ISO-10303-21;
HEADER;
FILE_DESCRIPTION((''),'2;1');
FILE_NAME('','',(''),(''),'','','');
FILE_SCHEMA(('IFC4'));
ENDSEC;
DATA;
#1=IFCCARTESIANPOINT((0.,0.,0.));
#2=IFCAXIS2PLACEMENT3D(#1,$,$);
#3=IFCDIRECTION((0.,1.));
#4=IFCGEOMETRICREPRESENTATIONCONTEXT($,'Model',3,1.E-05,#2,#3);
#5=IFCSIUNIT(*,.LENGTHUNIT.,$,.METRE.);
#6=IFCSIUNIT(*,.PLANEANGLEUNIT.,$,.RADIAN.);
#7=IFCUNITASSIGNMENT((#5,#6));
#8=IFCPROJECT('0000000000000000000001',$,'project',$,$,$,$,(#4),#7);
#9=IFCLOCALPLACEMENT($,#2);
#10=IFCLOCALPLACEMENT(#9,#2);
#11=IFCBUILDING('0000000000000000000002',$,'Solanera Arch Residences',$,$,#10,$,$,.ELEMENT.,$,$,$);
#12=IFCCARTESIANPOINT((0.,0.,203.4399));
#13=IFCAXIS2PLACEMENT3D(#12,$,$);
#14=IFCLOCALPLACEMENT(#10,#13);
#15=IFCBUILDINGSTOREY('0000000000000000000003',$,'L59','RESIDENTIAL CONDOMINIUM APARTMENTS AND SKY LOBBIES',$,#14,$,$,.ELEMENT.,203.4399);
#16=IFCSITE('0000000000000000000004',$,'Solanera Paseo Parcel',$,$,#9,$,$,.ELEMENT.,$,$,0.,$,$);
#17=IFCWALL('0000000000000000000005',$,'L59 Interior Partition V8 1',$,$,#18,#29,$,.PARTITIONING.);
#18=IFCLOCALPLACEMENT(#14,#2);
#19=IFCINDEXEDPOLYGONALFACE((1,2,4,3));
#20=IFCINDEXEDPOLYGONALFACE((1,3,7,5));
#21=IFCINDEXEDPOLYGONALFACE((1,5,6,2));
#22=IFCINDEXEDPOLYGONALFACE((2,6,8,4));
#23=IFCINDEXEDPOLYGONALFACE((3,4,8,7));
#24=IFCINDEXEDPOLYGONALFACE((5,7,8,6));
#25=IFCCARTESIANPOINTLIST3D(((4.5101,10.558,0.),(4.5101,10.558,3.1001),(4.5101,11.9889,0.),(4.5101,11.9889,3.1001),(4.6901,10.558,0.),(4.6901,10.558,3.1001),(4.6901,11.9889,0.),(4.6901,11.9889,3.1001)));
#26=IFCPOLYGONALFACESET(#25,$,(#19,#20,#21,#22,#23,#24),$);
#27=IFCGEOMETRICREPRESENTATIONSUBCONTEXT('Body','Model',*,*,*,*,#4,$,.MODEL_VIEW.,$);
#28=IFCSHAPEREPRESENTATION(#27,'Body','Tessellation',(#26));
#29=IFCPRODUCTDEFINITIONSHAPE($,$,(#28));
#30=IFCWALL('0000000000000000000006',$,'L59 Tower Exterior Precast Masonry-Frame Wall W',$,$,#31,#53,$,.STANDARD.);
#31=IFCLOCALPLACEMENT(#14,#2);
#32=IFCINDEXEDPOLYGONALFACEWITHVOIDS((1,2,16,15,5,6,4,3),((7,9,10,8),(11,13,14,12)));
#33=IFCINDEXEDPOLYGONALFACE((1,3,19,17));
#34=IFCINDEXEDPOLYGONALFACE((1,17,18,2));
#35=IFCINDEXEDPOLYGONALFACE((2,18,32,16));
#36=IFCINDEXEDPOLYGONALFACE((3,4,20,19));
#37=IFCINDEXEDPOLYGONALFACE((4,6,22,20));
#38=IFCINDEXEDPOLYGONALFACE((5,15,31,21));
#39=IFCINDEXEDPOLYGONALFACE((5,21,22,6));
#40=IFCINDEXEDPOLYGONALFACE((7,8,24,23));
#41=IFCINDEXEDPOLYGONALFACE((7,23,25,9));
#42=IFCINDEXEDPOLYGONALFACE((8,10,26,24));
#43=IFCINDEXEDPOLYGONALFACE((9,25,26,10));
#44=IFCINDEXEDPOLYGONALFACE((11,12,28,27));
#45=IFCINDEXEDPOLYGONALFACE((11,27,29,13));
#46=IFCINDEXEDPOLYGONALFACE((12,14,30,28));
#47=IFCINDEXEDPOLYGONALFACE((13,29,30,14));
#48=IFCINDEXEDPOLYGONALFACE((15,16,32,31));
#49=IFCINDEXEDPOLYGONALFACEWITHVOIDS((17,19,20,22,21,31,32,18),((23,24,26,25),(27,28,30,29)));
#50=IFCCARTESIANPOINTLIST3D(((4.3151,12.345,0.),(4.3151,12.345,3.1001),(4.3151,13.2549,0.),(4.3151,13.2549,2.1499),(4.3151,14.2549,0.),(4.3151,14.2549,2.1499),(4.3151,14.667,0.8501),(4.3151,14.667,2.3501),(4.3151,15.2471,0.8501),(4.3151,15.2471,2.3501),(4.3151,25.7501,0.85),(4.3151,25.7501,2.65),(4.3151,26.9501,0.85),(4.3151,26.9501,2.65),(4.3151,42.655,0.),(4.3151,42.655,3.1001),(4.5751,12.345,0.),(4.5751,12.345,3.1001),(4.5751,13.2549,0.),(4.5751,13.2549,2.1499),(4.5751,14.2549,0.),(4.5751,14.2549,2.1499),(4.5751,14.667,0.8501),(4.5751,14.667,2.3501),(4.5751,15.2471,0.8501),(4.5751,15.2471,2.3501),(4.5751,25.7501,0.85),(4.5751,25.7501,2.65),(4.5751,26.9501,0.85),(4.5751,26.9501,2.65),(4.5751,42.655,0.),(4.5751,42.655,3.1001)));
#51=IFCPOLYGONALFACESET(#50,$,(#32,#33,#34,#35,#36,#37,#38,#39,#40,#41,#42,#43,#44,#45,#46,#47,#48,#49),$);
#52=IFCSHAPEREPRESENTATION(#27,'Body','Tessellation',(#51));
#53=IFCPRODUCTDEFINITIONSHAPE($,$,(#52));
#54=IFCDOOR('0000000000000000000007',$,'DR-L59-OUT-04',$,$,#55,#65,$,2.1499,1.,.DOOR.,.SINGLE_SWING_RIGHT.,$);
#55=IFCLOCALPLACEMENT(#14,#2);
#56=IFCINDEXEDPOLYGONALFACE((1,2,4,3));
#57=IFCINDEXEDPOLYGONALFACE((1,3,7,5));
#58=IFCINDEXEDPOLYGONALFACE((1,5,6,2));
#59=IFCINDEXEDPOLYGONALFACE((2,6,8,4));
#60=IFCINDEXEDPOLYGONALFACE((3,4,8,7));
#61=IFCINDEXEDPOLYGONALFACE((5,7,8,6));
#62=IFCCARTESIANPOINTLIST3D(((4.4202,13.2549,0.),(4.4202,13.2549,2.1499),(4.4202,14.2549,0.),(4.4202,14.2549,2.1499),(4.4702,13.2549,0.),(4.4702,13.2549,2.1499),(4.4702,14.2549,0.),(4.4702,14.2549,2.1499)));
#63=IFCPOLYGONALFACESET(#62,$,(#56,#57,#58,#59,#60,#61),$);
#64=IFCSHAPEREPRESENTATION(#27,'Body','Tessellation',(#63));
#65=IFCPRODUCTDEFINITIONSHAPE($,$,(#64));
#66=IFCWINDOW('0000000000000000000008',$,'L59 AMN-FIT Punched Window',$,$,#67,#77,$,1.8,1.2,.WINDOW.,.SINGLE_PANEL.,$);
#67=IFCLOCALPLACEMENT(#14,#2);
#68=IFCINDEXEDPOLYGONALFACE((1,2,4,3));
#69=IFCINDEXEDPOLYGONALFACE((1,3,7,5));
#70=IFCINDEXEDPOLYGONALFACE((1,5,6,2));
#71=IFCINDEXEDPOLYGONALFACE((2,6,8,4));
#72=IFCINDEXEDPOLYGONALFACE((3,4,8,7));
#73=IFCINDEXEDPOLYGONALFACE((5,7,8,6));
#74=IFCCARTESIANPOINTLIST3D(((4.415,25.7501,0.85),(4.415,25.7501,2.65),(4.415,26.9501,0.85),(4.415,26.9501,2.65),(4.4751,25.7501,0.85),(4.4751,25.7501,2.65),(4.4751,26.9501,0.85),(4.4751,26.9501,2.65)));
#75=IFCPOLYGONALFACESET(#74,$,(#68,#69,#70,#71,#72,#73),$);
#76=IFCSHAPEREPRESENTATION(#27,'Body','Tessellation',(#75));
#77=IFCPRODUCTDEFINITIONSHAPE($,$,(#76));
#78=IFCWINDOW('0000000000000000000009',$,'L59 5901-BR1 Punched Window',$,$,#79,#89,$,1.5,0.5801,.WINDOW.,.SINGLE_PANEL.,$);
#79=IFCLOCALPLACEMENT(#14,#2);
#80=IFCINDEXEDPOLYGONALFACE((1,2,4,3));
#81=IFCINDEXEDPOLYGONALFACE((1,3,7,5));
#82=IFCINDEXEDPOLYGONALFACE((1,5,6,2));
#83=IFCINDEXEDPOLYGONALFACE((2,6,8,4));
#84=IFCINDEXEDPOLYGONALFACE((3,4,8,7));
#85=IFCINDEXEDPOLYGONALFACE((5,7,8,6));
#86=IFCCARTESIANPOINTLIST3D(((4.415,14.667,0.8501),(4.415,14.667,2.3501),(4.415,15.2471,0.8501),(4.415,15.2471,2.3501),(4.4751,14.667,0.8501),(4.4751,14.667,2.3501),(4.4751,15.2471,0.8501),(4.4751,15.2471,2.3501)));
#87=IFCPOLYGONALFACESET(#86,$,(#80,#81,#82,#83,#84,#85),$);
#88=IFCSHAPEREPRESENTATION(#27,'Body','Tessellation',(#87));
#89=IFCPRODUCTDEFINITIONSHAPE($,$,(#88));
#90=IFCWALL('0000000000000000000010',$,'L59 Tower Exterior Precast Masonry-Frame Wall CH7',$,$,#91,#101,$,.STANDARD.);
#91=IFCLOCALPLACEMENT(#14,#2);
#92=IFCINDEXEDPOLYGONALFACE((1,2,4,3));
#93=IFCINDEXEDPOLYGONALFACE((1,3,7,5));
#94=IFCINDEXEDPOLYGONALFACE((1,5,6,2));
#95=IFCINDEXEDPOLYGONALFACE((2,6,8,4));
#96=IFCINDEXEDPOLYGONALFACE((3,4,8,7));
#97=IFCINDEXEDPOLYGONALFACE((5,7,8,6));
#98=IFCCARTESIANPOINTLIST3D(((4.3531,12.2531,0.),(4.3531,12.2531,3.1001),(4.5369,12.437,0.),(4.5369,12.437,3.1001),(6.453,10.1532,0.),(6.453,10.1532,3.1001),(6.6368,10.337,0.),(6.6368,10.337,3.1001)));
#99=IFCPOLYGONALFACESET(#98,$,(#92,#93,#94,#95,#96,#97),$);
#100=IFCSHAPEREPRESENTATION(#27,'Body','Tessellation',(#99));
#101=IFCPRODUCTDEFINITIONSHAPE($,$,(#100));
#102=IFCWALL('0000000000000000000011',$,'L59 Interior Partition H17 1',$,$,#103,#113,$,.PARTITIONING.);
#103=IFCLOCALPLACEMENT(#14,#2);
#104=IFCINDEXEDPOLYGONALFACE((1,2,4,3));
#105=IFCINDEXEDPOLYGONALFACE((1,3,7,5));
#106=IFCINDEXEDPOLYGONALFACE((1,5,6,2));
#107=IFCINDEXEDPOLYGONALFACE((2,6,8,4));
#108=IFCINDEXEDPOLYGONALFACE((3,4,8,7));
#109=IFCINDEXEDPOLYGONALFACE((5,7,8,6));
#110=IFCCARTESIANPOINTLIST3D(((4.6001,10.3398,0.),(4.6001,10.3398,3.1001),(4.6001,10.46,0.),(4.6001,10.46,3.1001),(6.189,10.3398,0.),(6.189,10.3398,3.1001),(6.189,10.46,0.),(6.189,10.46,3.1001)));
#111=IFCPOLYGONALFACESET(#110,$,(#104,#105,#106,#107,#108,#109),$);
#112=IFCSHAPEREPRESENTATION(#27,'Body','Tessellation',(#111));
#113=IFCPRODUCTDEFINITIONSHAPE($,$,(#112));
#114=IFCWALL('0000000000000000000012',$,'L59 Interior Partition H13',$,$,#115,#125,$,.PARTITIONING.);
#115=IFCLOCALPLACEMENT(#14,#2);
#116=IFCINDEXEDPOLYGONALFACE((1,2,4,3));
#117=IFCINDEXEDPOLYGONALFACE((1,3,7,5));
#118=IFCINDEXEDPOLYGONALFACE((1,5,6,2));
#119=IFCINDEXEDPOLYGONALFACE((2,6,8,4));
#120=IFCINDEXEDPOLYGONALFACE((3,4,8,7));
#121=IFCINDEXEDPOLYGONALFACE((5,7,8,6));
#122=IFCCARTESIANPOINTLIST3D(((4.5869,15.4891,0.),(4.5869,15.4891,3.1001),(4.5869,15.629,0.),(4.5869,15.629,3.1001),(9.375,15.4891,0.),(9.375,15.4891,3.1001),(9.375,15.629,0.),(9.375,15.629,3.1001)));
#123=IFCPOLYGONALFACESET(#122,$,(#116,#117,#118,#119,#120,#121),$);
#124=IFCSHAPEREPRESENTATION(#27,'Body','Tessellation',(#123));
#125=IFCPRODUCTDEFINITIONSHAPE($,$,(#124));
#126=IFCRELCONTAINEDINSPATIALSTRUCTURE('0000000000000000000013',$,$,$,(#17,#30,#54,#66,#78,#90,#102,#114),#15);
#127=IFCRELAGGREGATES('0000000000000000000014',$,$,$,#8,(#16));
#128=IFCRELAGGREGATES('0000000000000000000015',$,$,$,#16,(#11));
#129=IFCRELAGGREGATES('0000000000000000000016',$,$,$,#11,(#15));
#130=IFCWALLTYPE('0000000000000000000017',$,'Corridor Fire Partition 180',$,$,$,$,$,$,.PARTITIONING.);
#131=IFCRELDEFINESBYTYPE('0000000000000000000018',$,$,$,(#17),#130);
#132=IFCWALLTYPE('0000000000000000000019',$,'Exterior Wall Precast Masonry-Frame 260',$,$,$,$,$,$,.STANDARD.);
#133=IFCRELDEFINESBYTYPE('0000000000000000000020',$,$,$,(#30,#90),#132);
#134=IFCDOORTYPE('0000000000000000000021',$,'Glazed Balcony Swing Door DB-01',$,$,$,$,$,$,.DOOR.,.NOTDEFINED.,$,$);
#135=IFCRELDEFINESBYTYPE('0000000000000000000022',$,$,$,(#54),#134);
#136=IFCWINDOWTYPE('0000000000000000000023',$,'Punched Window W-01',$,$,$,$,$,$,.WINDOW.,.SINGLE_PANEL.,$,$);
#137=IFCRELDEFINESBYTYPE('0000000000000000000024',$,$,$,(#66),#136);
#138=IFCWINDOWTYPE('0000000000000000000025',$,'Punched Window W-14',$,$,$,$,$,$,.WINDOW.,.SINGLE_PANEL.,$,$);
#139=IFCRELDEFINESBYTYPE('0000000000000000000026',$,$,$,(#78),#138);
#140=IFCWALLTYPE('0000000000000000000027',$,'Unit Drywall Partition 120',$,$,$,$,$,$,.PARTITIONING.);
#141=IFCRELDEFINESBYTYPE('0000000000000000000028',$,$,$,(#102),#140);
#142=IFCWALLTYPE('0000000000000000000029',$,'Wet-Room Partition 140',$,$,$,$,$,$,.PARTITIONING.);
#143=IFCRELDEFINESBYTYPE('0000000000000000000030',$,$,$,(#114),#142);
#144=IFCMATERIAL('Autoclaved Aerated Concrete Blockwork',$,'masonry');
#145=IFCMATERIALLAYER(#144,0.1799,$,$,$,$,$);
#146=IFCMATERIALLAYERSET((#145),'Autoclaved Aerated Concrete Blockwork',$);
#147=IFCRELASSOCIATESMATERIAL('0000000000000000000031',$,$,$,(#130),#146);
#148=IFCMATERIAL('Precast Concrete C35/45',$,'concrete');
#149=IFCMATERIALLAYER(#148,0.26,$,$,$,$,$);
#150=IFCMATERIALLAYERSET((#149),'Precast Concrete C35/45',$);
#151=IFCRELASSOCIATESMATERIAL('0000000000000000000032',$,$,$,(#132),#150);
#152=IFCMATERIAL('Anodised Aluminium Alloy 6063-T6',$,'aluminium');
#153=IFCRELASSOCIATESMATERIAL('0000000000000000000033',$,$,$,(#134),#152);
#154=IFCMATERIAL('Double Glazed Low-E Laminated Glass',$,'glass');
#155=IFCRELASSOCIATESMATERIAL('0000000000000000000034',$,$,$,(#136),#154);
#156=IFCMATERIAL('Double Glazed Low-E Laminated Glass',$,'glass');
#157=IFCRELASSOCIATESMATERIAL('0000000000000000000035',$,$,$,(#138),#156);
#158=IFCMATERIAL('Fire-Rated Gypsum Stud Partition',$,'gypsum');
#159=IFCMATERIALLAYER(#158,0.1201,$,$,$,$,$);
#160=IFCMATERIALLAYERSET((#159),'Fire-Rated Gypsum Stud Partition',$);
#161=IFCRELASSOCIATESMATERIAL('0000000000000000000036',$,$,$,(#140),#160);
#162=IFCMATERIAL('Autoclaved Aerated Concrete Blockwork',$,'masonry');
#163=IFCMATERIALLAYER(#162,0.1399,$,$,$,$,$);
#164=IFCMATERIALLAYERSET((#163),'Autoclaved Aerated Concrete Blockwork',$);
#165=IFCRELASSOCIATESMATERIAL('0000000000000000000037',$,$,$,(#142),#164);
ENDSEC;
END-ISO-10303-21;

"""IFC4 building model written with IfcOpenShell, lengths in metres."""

from ifc_helpers import new_model, si_unit, direction, frame, frame_2d, origin, place, context, subcontext, project, spatial, rectangle, extrude, material, layer, layer_set, type_object, element, fill, save


model = new_model("IFC4")

# Units and contexts
model_context = context("Model", 3, precision=1e-05, world=origin(), true_north=direction((0.0, 1.0)))
body_context = subcontext(model_context, "Body", "Model", "MODEL_VIEW")
ifc_project = project(units=[si_unit("LENGTHUNIT", "METRE"), si_unit("PLANEANGLEUNIT", "RADIAN")], contexts=[model_context])

# Site, building, storey
site_placement = place(None, origin())
site = spatial("IfcSite", under=ifc_project, at=site_placement, Name="Solanera Paseo Parcel", CompositionType="ELEMENT", RefElevation=0.0)
building_placement = place(site_placement, origin())
building = spatial("IfcBuilding", under=site, at=building_placement, Name="Solanera Arch Residences", CompositionType="ELEMENT")
storey_placement = place(building_placement, frame((0.0, 0.0, 203.4399)))
storey = spatial("IfcBuildingStorey", under=building, at=storey_placement, Name="L59", Description="RESIDENTIAL CONDOMINIUM APARTMENTS AND SKY LOBBIES", CompositionType="ELEMENT", Elevation=203.4399)

# Wall
ifc_material_1 = material(Name="Autoclaved Aerated Concrete Blockwork", Category="masonry")
ifc_layer_1 = layer(ifc_material_1, 0.1799)
ifc_layer_set_1 = layer_set([ifc_layer_1], Name="Autoclaved Aerated Concrete Blockwork")
wall_type_1 = type_object("IfcWallType", Name="Corridor Fire Partition 180", PredefinedType="PARTITIONING", material=ifc_layer_set_1)
wall_1_placement = place(storey_placement, frame((4.6001, 10.5581, 0.0), z_axis=(0.0, 0.0, 1.0), x_axis=(0.0, 1.0, 0.0)))
element("IfcWall", 1, at=wall_1_placement, inside=storey, type_object=wall_type_1, Name="L59 Interior Partition V8 1", PredefinedType="PARTITIONING", context=body_context, shape_type="SweptSolid", body=[
    extrude(rectangle(XDim=1.4309, YDim=0.1799, at=frame_2d((0.7153, 0.0))), origin(), (0.0, 0.0, 1.0), 3.1001),
])

# Wall, openings, door, windows
ifc_material_2 = material(Name="Precast Concrete C35/45", Category="concrete")
ifc_layer_2 = layer(ifc_material_2, 0.26)
ifc_layer_set_2 = layer_set([ifc_layer_2], Name="Precast Concrete C35/45")
wall_type_2 = type_object("IfcWallType", Name="Exterior Wall Precast Masonry-Frame 260", PredefinedType="STANDARD", material=ifc_layer_set_2)
wall_2_placement = place(storey_placement, frame((4.4451, 12.345, 0.0), z_axis=(0.0, 0.0, 1.0), x_axis=(0.0, 1.0, 0.0)))
wall_2 = element("IfcWall", 2, at=wall_2_placement, inside=storey, type_object=wall_type_2, Name="L59 Tower Exterior Precast Masonry-Frame Wall W", PredefinedType="STANDARD", context=body_context, shape_type="SweptSolid", body=[
    extrude(rectangle(XDim=30.3101, YDim=0.26, at=frame_2d((15.155, 0.0))), origin(), (0.0, 0.0, 1.0), 3.1001),
])
opening_1_placement = place(wall_2_placement, frame((0.9099, 0.0, 0.0)))
opening_1 = element("IfcOpeningElement", 3, at=opening_1_placement, cuts=wall_2, PredefinedType="OPENING", context=body_context, shape_type="SweptSolid", body=[
    extrude(rectangle(XDim=1.0, YDim=2.1499, at=frame_2d((0.5, 1.075))), frame((0.0, 0.1399, 0.0), z_axis=(0.0, -1.0, 0.0), x_axis=(1.0, 0.0, 0.0)), (0.0, 0.0, 1.0), 0.28),
])
opening_2_placement = place(wall_2_placement, frame((2.322, 0.0, 0.8501)))
opening_2 = element("IfcOpeningElement", 4, at=opening_2_placement, cuts=wall_2, PredefinedType="OPENING", context=body_context, shape_type="SweptSolid", body=[
    extrude(rectangle(XDim=0.5801, YDim=1.5, at=frame_2d((0.29, 0.75))), frame((0.0, 0.1399, 0.0), z_axis=(0.0, -1.0, 0.0), x_axis=(1.0, 0.0, 0.0)), (0.0, 0.0, 1.0), 0.28),
])
opening_3_placement = place(wall_2_placement, frame((13.405, 0.0, 0.8501)))
opening_3 = element("IfcOpeningElement", 5, at=opening_3_placement, cuts=wall_2, PredefinedType="OPENING", context=body_context, shape_type="SweptSolid", body=[
    extrude(rectangle(XDim=1.2, YDim=1.8, at=frame_2d((0.6001, 0.8999))), frame((0.0, 0.1399, 0.0), z_axis=(0.0, -1.0, 0.0), x_axis=(1.0, 0.0, 0.0)), (0.0, 0.0, 1.0), 0.28),
])
ifc_material_3 = material(Name="Anodised Aluminium Alloy 6063-T6", Category="aluminium")
door_type = type_object("IfcDoorType", Name="Glazed Balcony Swing Door DB-01", OperationType="NOTDEFINED", PredefinedType="DOOR", material=ifc_material_3)
door_placement = place(opening_1_placement, origin())
door = element("IfcDoor", 6, at=door_placement, inside=storey, type_object=door_type, Name="DR-L59-OUT-04", OperationType="SINGLE_SWING_RIGHT", OverallHeight=2.1499, OverallWidth=1.0, PredefinedType="DOOR", context=body_context, shape_type="SweptSolid", body=[
    extrude(rectangle(XDim=1.0, YDim=2.1499, at=frame_2d((0.5, 1.075))), frame((0.0, 0.0249, 0.0), z_axis=(0.0, -1.0, 0.0), x_axis=(1.0, 0.0, 0.0)), (0.0, 0.0, 1.0), 0.05),
])
fill(opening_1, door)
ifc_material_4 = material(Name="Double Glazed Low-E Laminated Glass", Category="glass")
window_type_1 = type_object("IfcWindowType", Name="Punched Window W-01", PartitioningType="SINGLE_PANEL", PredefinedType="WINDOW", material=ifc_material_4)
window_1_placement = place(opening_3_placement, origin())
window_1 = element("IfcWindow", 7, at=window_1_placement, inside=storey, type_object=window_type_1, Name="L59 AMN-FIT Punched Window", OverallHeight=1.8, OverallWidth=1.2, PartitioningType="SINGLE_PANEL", PredefinedType="WINDOW", context=body_context, shape_type="SweptSolid", body=[
    extrude(rectangle(XDim=1.2, YDim=1.8, at=frame_2d((0.6001, 0.8999))), frame((0.0, 0.03, 0.0), z_axis=(0.0, -1.0, 0.0), x_axis=(1.0, 0.0, 0.0)), (0.0, 0.0, 1.0), 0.0601),
])
fill(opening_3, window_1)
ifc_material_5 = material(Name="Double Glazed Low-E Laminated Glass", Category="glass")
window_type_2 = type_object("IfcWindowType", Name="Punched Window W-14", PartitioningType="SINGLE_PANEL", PredefinedType="WINDOW", material=ifc_material_5)
window_2_placement = place(opening_2_placement, origin())
window_2 = element("IfcWindow", 8, at=window_2_placement, inside=storey, type_object=window_type_2, Name="L59 5901-BR1 Punched Window", OverallHeight=1.5, OverallWidth=0.5801, PartitioningType="SINGLE_PANEL", PredefinedType="WINDOW", context=body_context, shape_type="SweptSolid", body=[
    extrude(rectangle(XDim=0.5801, YDim=1.5, at=frame_2d((0.29, 0.75))), frame((0.0, 0.03, 0.0), z_axis=(0.0, -1.0, 0.0), x_axis=(1.0, 0.0, 0.0)), (0.0, 0.0, 1.0), 0.0601),
])
fill(opening_2, window_2)

# Walls
wall_3_placement = place(storey_placement, frame((6.5449, 10.2451, 0.0), z_axis=(0.0, 0.0, 1.0), x_axis=(-0.707107, 0.707107, 0.0)))
element("IfcWall", 9, at=wall_3_placement, inside=storey, type_object=wall_type_2, Name="L59 Tower Exterior Precast Masonry-Frame Wall CH7", PredefinedType="STANDARD", context=body_context, shape_type="SweptSolid", body=[
    extrude(rectangle(XDim=2.9697, YDim=0.26, at=frame_2d((1.4849, 0.0))), origin(), (0.0, 0.0, 1.0), 3.1001),
])
ifc_material_6 = material(Name="Fire-Rated Gypsum Stud Partition", Category="gypsum")
ifc_layer_3 = layer(ifc_material_6, 0.1201)
ifc_layer_set_3 = layer_set([ifc_layer_3], Name="Fire-Rated Gypsum Stud Partition")
wall_type_3 = type_object("IfcWallType", Name="Unit Drywall Partition 120", PredefinedType="PARTITIONING", material=ifc_layer_set_3)
wall_4_placement = place(storey_placement, frame((4.6001, 10.3999, 0.0), z_axis=(0.0, 0.0, 1.0), x_axis=(1.0, 0.0, 0.0)))
element("IfcWall", 10, at=wall_4_placement, inside=storey, type_object=wall_type_3, Name="L59 Interior Partition H17 1", PredefinedType="PARTITIONING", context=body_context, shape_type="SweptSolid", body=[
    extrude(rectangle(XDim=1.5889, YDim=0.1201, at=frame_2d((0.7944, 0.0))), origin(), (0.0, 0.0, 1.0), 3.1001),
])
ifc_material_7 = material(Name="Autoclaved Aerated Concrete Blockwork", Category="masonry")
ifc_layer_4 = layer(ifc_material_7, 0.1399)
ifc_layer_set_4 = layer_set([ifc_layer_4], Name="Autoclaved Aerated Concrete Blockwork")
wall_type_4 = type_object("IfcWallType", Name="Wet-Room Partition 140", PredefinedType="PARTITIONING", material=ifc_layer_set_4)
wall_5_placement = place(storey_placement, frame((4.5869, 15.5591, 0.0), z_axis=(0.0, 0.0, 1.0), x_axis=(1.0, 0.0, 0.0)))
element("IfcWall", 11, at=wall_5_placement, inside=storey, type_object=wall_type_4, Name="L59 Interior Partition H13", PredefinedType="PARTITIONING", context=body_context, shape_type="SweptSolid", body=[
    extrude(rectangle(XDim=4.7881, YDim=0.1399, at=frame_2d((2.394, 0.0))), origin(), (0.0, 0.0, 1.0), 3.1001),
])

save(model, "model.ifc")
